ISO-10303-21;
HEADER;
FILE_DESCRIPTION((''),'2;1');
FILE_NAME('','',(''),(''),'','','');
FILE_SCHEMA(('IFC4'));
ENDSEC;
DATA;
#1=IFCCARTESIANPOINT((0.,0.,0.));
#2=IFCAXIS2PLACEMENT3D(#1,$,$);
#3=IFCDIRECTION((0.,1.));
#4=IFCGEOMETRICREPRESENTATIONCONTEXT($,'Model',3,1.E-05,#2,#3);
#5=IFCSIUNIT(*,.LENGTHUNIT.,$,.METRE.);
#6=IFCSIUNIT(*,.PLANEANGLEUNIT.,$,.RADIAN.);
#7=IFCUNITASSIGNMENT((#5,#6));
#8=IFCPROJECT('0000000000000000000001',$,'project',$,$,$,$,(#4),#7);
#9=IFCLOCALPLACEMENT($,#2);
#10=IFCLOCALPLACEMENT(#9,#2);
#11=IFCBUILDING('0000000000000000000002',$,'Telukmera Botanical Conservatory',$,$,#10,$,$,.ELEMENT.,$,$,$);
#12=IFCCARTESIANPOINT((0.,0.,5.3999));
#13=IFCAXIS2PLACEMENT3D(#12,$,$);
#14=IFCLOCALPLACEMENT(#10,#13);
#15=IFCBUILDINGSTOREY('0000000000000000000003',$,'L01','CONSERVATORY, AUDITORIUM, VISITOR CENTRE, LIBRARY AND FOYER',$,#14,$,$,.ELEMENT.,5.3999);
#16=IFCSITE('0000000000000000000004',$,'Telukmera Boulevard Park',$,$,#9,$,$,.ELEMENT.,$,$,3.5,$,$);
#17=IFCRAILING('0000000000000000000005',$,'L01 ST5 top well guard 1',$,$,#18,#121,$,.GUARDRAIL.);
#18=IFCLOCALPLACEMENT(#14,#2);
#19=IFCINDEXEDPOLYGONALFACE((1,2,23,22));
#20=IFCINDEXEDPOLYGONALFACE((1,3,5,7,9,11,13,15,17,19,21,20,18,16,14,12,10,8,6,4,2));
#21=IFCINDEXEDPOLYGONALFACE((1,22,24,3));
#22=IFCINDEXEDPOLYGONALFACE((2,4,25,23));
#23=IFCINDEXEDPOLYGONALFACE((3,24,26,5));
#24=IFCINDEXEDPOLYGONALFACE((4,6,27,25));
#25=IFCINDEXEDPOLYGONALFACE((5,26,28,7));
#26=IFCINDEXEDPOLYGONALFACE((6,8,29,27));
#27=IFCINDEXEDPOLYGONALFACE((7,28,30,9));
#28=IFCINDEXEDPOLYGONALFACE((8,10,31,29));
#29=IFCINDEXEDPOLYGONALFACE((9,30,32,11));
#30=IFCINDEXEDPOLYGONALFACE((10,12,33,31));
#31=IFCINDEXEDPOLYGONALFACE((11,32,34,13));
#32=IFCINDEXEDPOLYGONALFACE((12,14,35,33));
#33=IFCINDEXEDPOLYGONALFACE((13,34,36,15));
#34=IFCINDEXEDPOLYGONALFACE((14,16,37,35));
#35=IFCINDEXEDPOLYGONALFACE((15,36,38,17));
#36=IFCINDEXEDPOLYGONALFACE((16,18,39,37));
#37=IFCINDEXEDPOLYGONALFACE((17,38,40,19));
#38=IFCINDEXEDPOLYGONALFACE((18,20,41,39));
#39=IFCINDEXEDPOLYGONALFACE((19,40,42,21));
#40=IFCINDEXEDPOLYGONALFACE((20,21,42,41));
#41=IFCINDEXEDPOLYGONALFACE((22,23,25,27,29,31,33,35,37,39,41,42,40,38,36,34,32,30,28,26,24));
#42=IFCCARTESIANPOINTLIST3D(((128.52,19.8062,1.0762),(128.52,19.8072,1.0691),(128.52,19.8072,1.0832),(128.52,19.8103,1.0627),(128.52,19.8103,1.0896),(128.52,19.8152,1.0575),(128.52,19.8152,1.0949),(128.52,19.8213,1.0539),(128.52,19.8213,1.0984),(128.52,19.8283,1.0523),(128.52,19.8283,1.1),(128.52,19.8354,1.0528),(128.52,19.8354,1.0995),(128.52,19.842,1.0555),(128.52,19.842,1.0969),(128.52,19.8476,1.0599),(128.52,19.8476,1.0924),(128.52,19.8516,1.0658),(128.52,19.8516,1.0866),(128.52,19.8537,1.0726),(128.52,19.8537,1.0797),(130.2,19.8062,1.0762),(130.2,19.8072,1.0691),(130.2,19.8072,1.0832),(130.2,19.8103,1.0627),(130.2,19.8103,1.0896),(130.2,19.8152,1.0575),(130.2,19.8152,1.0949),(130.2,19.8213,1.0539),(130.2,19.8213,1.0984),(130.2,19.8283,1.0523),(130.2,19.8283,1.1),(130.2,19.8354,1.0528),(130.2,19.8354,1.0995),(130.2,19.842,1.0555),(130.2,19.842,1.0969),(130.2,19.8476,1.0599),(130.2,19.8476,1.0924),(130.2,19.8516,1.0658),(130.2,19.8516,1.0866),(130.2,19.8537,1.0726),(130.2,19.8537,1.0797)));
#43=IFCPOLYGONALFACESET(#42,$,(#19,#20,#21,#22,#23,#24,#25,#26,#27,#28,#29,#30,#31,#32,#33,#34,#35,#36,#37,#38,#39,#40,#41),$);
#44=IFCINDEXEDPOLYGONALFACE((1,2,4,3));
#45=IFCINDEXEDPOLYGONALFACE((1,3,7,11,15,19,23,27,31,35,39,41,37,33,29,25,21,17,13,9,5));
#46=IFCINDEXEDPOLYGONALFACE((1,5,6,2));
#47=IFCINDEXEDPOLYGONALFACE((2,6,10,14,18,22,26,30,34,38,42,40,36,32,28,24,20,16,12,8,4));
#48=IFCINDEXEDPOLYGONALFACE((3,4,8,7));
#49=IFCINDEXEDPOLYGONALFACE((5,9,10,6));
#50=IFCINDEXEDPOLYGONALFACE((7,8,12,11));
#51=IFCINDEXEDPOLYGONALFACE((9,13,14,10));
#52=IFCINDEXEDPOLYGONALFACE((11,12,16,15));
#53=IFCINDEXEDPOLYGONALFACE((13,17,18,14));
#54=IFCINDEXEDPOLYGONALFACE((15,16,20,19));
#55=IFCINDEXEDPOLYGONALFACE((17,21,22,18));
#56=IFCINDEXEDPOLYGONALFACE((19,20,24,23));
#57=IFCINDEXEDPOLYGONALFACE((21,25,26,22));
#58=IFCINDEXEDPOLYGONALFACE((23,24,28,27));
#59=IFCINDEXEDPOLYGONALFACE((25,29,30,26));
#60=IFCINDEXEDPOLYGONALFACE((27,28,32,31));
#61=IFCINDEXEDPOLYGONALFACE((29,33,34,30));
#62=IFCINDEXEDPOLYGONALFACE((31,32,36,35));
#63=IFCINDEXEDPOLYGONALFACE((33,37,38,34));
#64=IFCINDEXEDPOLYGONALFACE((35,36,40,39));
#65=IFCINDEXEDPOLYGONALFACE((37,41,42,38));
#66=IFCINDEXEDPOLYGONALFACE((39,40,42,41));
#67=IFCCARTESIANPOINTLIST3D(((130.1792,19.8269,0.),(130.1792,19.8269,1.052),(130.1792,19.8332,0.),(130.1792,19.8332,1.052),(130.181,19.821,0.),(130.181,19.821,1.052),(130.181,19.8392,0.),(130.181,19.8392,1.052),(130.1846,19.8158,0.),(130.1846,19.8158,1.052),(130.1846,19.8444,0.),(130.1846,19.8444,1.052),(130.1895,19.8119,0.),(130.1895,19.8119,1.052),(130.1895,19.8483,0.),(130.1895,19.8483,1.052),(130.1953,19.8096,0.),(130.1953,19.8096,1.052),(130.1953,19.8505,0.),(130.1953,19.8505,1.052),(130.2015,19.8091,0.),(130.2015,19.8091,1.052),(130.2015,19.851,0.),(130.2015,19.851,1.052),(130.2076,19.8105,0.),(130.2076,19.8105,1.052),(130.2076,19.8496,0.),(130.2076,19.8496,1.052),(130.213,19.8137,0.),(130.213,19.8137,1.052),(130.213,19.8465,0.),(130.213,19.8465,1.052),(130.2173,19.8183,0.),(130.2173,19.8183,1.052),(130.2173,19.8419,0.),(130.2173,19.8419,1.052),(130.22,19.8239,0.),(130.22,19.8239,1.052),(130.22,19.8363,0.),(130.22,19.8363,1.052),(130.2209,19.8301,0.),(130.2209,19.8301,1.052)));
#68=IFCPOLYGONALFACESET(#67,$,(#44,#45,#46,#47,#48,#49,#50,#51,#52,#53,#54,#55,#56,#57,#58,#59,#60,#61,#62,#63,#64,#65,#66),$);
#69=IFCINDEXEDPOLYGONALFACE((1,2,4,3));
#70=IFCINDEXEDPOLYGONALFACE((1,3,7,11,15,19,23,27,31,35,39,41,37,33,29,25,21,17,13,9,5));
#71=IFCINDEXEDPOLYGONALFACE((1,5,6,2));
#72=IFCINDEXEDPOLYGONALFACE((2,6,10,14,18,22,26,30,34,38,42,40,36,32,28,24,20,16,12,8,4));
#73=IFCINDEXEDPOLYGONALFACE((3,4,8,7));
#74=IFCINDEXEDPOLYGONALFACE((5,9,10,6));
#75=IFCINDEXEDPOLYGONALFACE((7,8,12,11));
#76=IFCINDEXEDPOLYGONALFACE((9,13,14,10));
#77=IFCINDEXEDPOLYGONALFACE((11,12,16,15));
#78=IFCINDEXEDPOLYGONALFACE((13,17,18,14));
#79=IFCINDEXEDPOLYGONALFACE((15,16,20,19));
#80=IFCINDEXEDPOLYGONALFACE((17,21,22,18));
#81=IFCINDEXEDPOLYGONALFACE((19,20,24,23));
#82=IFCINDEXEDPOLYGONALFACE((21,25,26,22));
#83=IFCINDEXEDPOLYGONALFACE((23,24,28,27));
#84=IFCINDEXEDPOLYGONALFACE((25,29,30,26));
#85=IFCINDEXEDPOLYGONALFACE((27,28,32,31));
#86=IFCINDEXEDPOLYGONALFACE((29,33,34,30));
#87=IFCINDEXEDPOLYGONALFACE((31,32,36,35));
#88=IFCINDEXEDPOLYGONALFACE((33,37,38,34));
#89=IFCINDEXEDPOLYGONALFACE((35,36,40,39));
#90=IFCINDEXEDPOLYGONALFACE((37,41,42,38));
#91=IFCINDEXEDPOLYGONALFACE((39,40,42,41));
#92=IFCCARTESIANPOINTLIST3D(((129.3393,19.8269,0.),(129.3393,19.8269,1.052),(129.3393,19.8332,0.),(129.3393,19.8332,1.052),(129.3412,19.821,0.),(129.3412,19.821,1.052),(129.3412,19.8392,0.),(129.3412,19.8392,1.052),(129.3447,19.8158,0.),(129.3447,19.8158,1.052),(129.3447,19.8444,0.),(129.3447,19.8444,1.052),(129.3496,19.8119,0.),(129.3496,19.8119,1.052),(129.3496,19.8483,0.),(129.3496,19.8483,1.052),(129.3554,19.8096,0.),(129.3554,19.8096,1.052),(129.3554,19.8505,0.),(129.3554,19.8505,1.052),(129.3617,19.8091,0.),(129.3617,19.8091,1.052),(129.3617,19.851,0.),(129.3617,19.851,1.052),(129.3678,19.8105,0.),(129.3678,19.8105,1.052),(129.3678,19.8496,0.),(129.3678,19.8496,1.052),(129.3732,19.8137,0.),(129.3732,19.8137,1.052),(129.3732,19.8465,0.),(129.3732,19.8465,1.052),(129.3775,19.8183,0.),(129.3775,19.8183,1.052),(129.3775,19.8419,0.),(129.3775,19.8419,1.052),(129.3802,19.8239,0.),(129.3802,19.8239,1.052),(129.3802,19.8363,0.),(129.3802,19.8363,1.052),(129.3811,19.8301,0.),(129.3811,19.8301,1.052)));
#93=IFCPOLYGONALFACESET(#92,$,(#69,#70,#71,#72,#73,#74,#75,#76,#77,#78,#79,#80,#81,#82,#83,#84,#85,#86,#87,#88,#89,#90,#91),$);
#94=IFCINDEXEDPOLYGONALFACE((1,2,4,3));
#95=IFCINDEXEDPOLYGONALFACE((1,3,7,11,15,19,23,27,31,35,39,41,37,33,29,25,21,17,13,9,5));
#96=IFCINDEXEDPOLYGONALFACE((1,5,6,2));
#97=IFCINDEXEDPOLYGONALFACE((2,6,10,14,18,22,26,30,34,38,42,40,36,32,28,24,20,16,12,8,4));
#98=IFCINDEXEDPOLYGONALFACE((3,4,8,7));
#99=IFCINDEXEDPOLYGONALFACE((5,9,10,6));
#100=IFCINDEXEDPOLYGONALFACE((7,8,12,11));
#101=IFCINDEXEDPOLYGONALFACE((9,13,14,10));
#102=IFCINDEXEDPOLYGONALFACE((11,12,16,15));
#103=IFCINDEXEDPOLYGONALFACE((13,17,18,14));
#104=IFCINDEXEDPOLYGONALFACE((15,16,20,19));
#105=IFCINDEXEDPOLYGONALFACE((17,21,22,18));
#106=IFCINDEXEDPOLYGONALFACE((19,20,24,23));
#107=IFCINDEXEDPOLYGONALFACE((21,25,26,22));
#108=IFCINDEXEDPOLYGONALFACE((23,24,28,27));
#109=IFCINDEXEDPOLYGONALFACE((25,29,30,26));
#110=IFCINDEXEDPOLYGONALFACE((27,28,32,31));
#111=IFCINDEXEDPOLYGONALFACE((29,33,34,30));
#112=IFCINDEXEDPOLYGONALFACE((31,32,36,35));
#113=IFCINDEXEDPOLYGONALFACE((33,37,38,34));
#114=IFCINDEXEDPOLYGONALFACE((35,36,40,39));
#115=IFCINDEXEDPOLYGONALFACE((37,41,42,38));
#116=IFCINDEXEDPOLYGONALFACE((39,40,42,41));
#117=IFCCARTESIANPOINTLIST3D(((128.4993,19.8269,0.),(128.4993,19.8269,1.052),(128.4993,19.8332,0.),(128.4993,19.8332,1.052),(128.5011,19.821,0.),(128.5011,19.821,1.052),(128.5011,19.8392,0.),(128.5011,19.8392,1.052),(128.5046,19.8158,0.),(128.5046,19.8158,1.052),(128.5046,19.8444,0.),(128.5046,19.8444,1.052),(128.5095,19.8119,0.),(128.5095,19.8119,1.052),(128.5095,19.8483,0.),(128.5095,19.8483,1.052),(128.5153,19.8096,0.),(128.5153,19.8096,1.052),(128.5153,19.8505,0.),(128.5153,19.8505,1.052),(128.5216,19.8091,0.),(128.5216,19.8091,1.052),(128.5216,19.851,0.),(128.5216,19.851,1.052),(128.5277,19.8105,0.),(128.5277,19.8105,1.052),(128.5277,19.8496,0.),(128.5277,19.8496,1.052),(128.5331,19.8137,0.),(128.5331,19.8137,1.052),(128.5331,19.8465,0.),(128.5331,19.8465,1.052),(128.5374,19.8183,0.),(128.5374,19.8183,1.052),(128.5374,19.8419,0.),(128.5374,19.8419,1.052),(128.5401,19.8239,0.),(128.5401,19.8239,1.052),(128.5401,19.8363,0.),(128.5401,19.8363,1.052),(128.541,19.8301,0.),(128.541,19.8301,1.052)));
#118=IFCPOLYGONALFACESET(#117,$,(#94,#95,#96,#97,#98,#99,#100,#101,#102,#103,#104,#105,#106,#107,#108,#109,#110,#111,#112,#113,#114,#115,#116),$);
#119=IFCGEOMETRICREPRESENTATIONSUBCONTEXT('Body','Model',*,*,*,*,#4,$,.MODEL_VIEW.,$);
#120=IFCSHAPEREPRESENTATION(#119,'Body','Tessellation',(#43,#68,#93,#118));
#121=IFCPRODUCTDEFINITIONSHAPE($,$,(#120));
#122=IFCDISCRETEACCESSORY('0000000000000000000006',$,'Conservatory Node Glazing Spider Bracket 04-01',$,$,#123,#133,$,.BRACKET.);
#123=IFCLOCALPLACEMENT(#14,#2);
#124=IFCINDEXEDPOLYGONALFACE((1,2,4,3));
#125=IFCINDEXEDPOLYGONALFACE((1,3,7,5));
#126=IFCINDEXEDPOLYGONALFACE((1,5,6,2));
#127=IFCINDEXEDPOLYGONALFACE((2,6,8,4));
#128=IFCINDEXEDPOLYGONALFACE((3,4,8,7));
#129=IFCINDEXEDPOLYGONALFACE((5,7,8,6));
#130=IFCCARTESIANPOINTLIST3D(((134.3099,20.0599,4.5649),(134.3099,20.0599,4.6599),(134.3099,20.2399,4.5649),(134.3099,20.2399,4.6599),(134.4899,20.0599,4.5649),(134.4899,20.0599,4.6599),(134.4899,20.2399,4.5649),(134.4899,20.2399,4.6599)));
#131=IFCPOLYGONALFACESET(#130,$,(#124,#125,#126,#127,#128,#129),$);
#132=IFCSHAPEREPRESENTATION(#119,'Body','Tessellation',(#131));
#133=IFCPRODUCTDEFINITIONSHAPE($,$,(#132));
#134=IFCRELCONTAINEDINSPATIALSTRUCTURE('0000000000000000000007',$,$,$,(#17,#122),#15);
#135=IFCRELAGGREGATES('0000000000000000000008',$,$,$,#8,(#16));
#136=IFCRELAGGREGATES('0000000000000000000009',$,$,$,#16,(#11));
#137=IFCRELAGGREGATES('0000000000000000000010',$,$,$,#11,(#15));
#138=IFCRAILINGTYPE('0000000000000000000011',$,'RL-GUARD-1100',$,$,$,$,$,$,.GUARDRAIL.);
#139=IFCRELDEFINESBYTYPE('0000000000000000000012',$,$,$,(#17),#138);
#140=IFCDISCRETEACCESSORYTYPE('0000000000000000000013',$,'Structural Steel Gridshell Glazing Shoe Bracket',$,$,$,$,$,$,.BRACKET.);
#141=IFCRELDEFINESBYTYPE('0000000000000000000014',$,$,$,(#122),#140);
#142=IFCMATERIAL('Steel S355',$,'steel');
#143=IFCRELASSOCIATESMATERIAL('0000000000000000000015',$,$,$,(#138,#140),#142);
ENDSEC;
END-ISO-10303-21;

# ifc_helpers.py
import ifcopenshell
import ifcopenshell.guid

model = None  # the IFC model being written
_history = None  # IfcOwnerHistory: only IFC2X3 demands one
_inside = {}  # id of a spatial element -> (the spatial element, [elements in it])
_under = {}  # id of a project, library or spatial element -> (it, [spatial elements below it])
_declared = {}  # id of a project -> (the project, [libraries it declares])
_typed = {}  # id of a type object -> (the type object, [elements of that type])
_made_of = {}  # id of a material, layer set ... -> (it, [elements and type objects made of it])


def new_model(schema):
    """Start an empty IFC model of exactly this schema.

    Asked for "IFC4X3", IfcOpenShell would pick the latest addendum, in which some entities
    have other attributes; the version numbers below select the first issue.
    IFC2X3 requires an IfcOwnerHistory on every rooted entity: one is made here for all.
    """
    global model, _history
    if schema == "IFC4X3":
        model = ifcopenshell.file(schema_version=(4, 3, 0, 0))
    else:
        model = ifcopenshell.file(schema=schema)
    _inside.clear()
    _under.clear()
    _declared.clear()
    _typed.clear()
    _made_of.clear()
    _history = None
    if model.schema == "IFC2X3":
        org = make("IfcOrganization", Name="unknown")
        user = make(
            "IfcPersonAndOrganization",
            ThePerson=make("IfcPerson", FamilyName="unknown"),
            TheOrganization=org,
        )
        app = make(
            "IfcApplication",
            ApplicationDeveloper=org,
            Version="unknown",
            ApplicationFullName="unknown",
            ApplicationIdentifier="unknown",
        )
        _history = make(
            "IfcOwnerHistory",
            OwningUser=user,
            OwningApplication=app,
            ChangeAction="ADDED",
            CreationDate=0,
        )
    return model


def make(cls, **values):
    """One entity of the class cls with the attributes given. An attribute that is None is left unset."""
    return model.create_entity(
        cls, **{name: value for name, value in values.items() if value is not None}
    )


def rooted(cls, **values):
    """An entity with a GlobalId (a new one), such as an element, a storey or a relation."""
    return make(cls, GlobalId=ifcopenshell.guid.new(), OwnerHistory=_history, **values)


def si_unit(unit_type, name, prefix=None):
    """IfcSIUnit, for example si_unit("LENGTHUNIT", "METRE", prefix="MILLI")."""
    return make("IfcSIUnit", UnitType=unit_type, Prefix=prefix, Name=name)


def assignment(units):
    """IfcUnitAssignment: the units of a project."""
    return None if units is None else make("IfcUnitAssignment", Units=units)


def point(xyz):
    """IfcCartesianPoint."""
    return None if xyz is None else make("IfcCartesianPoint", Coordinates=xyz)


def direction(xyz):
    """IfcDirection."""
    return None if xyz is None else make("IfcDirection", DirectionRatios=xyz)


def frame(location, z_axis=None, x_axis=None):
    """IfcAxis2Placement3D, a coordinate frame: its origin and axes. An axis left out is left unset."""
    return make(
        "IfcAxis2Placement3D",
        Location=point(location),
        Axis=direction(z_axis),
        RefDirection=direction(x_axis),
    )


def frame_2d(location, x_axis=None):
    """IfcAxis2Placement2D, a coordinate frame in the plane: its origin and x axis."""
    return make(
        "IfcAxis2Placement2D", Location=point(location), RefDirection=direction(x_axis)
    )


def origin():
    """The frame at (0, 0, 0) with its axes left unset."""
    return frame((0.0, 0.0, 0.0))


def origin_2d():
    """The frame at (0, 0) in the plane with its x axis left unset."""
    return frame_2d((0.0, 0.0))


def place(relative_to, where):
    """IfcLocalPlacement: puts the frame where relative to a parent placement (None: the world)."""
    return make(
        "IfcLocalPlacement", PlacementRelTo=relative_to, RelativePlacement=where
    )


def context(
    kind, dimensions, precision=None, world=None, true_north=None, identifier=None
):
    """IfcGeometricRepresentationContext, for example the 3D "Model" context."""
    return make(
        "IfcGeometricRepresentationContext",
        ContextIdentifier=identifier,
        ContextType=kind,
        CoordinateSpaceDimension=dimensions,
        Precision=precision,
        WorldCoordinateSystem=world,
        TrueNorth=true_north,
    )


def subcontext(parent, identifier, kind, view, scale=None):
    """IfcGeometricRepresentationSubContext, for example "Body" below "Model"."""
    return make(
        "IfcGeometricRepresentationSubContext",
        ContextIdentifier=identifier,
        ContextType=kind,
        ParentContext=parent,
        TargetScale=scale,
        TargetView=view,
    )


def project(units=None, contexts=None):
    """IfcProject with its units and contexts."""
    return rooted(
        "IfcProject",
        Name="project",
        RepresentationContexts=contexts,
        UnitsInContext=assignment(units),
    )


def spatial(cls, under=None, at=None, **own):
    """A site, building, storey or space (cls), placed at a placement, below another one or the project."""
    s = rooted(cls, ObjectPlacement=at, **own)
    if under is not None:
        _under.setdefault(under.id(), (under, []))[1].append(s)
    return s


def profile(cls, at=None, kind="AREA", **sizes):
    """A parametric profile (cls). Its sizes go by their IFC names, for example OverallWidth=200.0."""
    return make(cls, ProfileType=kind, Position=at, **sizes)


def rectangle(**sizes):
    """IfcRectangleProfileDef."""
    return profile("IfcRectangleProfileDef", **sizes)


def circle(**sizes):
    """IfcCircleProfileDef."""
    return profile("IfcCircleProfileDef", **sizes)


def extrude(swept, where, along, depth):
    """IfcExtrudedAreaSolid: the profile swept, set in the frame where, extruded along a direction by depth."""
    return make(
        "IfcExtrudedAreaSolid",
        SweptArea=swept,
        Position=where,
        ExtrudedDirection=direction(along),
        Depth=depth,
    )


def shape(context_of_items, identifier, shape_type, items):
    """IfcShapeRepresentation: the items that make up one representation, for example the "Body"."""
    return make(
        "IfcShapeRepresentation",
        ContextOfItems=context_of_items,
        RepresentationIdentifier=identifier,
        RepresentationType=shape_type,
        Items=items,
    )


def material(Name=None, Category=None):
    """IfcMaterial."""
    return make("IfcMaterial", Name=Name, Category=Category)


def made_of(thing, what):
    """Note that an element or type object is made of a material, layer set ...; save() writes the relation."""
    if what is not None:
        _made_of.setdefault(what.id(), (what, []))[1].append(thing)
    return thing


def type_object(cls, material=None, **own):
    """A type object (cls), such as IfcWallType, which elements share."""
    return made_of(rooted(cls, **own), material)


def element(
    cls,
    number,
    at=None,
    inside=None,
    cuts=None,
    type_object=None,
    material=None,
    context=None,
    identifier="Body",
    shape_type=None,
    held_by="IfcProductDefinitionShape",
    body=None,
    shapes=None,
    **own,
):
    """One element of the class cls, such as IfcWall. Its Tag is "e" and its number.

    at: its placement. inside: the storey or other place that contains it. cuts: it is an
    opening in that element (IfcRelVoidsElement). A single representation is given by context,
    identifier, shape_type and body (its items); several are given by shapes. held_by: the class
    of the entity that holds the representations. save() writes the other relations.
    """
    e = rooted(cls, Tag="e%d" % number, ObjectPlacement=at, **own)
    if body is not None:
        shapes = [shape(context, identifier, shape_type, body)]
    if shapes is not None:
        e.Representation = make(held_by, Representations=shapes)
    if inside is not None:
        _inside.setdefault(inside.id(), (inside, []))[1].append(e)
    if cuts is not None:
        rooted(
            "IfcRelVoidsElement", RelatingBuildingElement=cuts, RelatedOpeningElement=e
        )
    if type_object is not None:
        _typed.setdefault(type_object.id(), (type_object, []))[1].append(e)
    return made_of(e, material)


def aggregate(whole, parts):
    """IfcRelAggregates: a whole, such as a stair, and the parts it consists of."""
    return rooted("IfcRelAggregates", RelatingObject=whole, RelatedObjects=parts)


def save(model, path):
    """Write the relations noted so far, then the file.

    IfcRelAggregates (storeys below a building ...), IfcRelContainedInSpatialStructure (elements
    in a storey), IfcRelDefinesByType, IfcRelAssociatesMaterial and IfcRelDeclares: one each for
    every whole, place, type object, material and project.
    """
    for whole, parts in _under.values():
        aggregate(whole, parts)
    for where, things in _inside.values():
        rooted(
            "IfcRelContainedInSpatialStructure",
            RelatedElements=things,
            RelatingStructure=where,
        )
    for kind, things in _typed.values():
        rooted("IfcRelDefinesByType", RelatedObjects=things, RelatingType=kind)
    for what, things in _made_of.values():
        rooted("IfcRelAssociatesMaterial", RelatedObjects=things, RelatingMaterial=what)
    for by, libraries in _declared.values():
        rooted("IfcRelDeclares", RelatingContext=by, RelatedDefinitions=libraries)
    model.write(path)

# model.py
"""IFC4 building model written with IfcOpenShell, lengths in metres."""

from ifc_helpers import new_model, si_unit, direction, frame, origin, origin_2d, place, context, subcontext, project, spatial, rectangle, circle, extrude, material, type_object, element, save


model = new_model("IFC4")

# Units and contexts
model_context = context("Model", 3, precision=1e-05, world=origin(), true_north=direction((0.0, 1.0)))
body_context = subcontext(model_context, "Body", "Model", "MODEL_VIEW")
ifc_project = project(units=[si_unit("LENGTHUNIT", "METRE"), si_unit("PLANEANGLEUNIT", "RADIAN")], contexts=[model_context])

# Site, building, storey
site_placement = place(None, origin())
site = spatial("IfcSite", under=ifc_project, at=site_placement, Name="Telukmera Boulevard Park", CompositionType="ELEMENT", RefElevation=3.5)
building_placement = place(site_placement, origin())
building = spatial("IfcBuilding", under=site, at=building_placement, Name="Telukmera Botanical Conservatory", CompositionType="ELEMENT")
storey_placement = place(building_placement, frame((0.0, 0.0, 5.3999)))
storey = spatial("IfcBuildingStorey", under=building, at=storey_placement, Name="L01", Description="CONSERVATORY, AUDITORIUM, VISITOR CENTRE, LIBRARY AND FOYER", CompositionType="ELEMENT", Elevation=5.3999)

# Shared definitions
ifc_material_1 = material(Name="Steel S355", Category="steel")

# Railing
railing_type_1 = type_object("IfcRailingType", Name="RL-GUARD-1100", PredefinedType="GUARDRAIL", material=ifc_material_1)
railing_1_placement = place(storey_placement, frame((130.2, 19.8301, 0.0)))
element("IfcRailing", 1, at=railing_1_placement, inside=storey, type_object=railing_type_1, Name="L01 ST5 top well guard 1", PredefinedType="GUARDRAIL", context=body_context, shape_type="SweptSolid", body=[
    extrude(circle(Radius=0.0239, at=origin_2d()), frame((0.0, 0.0, 1.0762), z_axis=(-1.0, 0.0, 0.0), x_axis=(0.0, -1.0, 0.0)), (0.0, 0.0, 1.0), 1.6799),
    extrude(circle(Radius=0.021, at=origin_2d()), origin(), (0.0, 0.0, 1.0), 1.052),
    extrude(circle(Radius=0.021, at=origin_2d()), frame((-0.8398, 0.0, 0.0)), (0.0, 0.0, 1.0), 1.052),
    extrude(circle(Radius=0.021, at=origin_2d()), frame((-1.6799, 0.0, 0.0)), (0.0, 0.0, 1.0), 1.052),
])

# Discrete accessory
discrete_accessory_type = type_object("IfcDiscreteAccessoryType", Name="Structural Steel Gridshell Glazing Shoe Bracket", PredefinedType="BRACKET", material=ifc_material_1)
discrete_accessory_placement = place(storey_placement, frame((134.3999, 20.1499, 4.5649), z_axis=(0.0, 0.0, 1.0), x_axis=(1.0, 0.0, 0.0)))
element("IfcDiscreteAccessory", 2, at=discrete_accessory_placement, inside=storey, type_object=discrete_accessory_type, Name="Conservatory Node Glazing Spider Bracket 04-01", PredefinedType="BRACKET", context=body_context, shape_type="SweptSolid", body=[
    extrude(rectangle(XDim=0.1799, YDim=0.1799, at=origin_2d()), origin(), (0.0, 0.0, 1.0), 0.095),
])

save(model, "model.ifc")
